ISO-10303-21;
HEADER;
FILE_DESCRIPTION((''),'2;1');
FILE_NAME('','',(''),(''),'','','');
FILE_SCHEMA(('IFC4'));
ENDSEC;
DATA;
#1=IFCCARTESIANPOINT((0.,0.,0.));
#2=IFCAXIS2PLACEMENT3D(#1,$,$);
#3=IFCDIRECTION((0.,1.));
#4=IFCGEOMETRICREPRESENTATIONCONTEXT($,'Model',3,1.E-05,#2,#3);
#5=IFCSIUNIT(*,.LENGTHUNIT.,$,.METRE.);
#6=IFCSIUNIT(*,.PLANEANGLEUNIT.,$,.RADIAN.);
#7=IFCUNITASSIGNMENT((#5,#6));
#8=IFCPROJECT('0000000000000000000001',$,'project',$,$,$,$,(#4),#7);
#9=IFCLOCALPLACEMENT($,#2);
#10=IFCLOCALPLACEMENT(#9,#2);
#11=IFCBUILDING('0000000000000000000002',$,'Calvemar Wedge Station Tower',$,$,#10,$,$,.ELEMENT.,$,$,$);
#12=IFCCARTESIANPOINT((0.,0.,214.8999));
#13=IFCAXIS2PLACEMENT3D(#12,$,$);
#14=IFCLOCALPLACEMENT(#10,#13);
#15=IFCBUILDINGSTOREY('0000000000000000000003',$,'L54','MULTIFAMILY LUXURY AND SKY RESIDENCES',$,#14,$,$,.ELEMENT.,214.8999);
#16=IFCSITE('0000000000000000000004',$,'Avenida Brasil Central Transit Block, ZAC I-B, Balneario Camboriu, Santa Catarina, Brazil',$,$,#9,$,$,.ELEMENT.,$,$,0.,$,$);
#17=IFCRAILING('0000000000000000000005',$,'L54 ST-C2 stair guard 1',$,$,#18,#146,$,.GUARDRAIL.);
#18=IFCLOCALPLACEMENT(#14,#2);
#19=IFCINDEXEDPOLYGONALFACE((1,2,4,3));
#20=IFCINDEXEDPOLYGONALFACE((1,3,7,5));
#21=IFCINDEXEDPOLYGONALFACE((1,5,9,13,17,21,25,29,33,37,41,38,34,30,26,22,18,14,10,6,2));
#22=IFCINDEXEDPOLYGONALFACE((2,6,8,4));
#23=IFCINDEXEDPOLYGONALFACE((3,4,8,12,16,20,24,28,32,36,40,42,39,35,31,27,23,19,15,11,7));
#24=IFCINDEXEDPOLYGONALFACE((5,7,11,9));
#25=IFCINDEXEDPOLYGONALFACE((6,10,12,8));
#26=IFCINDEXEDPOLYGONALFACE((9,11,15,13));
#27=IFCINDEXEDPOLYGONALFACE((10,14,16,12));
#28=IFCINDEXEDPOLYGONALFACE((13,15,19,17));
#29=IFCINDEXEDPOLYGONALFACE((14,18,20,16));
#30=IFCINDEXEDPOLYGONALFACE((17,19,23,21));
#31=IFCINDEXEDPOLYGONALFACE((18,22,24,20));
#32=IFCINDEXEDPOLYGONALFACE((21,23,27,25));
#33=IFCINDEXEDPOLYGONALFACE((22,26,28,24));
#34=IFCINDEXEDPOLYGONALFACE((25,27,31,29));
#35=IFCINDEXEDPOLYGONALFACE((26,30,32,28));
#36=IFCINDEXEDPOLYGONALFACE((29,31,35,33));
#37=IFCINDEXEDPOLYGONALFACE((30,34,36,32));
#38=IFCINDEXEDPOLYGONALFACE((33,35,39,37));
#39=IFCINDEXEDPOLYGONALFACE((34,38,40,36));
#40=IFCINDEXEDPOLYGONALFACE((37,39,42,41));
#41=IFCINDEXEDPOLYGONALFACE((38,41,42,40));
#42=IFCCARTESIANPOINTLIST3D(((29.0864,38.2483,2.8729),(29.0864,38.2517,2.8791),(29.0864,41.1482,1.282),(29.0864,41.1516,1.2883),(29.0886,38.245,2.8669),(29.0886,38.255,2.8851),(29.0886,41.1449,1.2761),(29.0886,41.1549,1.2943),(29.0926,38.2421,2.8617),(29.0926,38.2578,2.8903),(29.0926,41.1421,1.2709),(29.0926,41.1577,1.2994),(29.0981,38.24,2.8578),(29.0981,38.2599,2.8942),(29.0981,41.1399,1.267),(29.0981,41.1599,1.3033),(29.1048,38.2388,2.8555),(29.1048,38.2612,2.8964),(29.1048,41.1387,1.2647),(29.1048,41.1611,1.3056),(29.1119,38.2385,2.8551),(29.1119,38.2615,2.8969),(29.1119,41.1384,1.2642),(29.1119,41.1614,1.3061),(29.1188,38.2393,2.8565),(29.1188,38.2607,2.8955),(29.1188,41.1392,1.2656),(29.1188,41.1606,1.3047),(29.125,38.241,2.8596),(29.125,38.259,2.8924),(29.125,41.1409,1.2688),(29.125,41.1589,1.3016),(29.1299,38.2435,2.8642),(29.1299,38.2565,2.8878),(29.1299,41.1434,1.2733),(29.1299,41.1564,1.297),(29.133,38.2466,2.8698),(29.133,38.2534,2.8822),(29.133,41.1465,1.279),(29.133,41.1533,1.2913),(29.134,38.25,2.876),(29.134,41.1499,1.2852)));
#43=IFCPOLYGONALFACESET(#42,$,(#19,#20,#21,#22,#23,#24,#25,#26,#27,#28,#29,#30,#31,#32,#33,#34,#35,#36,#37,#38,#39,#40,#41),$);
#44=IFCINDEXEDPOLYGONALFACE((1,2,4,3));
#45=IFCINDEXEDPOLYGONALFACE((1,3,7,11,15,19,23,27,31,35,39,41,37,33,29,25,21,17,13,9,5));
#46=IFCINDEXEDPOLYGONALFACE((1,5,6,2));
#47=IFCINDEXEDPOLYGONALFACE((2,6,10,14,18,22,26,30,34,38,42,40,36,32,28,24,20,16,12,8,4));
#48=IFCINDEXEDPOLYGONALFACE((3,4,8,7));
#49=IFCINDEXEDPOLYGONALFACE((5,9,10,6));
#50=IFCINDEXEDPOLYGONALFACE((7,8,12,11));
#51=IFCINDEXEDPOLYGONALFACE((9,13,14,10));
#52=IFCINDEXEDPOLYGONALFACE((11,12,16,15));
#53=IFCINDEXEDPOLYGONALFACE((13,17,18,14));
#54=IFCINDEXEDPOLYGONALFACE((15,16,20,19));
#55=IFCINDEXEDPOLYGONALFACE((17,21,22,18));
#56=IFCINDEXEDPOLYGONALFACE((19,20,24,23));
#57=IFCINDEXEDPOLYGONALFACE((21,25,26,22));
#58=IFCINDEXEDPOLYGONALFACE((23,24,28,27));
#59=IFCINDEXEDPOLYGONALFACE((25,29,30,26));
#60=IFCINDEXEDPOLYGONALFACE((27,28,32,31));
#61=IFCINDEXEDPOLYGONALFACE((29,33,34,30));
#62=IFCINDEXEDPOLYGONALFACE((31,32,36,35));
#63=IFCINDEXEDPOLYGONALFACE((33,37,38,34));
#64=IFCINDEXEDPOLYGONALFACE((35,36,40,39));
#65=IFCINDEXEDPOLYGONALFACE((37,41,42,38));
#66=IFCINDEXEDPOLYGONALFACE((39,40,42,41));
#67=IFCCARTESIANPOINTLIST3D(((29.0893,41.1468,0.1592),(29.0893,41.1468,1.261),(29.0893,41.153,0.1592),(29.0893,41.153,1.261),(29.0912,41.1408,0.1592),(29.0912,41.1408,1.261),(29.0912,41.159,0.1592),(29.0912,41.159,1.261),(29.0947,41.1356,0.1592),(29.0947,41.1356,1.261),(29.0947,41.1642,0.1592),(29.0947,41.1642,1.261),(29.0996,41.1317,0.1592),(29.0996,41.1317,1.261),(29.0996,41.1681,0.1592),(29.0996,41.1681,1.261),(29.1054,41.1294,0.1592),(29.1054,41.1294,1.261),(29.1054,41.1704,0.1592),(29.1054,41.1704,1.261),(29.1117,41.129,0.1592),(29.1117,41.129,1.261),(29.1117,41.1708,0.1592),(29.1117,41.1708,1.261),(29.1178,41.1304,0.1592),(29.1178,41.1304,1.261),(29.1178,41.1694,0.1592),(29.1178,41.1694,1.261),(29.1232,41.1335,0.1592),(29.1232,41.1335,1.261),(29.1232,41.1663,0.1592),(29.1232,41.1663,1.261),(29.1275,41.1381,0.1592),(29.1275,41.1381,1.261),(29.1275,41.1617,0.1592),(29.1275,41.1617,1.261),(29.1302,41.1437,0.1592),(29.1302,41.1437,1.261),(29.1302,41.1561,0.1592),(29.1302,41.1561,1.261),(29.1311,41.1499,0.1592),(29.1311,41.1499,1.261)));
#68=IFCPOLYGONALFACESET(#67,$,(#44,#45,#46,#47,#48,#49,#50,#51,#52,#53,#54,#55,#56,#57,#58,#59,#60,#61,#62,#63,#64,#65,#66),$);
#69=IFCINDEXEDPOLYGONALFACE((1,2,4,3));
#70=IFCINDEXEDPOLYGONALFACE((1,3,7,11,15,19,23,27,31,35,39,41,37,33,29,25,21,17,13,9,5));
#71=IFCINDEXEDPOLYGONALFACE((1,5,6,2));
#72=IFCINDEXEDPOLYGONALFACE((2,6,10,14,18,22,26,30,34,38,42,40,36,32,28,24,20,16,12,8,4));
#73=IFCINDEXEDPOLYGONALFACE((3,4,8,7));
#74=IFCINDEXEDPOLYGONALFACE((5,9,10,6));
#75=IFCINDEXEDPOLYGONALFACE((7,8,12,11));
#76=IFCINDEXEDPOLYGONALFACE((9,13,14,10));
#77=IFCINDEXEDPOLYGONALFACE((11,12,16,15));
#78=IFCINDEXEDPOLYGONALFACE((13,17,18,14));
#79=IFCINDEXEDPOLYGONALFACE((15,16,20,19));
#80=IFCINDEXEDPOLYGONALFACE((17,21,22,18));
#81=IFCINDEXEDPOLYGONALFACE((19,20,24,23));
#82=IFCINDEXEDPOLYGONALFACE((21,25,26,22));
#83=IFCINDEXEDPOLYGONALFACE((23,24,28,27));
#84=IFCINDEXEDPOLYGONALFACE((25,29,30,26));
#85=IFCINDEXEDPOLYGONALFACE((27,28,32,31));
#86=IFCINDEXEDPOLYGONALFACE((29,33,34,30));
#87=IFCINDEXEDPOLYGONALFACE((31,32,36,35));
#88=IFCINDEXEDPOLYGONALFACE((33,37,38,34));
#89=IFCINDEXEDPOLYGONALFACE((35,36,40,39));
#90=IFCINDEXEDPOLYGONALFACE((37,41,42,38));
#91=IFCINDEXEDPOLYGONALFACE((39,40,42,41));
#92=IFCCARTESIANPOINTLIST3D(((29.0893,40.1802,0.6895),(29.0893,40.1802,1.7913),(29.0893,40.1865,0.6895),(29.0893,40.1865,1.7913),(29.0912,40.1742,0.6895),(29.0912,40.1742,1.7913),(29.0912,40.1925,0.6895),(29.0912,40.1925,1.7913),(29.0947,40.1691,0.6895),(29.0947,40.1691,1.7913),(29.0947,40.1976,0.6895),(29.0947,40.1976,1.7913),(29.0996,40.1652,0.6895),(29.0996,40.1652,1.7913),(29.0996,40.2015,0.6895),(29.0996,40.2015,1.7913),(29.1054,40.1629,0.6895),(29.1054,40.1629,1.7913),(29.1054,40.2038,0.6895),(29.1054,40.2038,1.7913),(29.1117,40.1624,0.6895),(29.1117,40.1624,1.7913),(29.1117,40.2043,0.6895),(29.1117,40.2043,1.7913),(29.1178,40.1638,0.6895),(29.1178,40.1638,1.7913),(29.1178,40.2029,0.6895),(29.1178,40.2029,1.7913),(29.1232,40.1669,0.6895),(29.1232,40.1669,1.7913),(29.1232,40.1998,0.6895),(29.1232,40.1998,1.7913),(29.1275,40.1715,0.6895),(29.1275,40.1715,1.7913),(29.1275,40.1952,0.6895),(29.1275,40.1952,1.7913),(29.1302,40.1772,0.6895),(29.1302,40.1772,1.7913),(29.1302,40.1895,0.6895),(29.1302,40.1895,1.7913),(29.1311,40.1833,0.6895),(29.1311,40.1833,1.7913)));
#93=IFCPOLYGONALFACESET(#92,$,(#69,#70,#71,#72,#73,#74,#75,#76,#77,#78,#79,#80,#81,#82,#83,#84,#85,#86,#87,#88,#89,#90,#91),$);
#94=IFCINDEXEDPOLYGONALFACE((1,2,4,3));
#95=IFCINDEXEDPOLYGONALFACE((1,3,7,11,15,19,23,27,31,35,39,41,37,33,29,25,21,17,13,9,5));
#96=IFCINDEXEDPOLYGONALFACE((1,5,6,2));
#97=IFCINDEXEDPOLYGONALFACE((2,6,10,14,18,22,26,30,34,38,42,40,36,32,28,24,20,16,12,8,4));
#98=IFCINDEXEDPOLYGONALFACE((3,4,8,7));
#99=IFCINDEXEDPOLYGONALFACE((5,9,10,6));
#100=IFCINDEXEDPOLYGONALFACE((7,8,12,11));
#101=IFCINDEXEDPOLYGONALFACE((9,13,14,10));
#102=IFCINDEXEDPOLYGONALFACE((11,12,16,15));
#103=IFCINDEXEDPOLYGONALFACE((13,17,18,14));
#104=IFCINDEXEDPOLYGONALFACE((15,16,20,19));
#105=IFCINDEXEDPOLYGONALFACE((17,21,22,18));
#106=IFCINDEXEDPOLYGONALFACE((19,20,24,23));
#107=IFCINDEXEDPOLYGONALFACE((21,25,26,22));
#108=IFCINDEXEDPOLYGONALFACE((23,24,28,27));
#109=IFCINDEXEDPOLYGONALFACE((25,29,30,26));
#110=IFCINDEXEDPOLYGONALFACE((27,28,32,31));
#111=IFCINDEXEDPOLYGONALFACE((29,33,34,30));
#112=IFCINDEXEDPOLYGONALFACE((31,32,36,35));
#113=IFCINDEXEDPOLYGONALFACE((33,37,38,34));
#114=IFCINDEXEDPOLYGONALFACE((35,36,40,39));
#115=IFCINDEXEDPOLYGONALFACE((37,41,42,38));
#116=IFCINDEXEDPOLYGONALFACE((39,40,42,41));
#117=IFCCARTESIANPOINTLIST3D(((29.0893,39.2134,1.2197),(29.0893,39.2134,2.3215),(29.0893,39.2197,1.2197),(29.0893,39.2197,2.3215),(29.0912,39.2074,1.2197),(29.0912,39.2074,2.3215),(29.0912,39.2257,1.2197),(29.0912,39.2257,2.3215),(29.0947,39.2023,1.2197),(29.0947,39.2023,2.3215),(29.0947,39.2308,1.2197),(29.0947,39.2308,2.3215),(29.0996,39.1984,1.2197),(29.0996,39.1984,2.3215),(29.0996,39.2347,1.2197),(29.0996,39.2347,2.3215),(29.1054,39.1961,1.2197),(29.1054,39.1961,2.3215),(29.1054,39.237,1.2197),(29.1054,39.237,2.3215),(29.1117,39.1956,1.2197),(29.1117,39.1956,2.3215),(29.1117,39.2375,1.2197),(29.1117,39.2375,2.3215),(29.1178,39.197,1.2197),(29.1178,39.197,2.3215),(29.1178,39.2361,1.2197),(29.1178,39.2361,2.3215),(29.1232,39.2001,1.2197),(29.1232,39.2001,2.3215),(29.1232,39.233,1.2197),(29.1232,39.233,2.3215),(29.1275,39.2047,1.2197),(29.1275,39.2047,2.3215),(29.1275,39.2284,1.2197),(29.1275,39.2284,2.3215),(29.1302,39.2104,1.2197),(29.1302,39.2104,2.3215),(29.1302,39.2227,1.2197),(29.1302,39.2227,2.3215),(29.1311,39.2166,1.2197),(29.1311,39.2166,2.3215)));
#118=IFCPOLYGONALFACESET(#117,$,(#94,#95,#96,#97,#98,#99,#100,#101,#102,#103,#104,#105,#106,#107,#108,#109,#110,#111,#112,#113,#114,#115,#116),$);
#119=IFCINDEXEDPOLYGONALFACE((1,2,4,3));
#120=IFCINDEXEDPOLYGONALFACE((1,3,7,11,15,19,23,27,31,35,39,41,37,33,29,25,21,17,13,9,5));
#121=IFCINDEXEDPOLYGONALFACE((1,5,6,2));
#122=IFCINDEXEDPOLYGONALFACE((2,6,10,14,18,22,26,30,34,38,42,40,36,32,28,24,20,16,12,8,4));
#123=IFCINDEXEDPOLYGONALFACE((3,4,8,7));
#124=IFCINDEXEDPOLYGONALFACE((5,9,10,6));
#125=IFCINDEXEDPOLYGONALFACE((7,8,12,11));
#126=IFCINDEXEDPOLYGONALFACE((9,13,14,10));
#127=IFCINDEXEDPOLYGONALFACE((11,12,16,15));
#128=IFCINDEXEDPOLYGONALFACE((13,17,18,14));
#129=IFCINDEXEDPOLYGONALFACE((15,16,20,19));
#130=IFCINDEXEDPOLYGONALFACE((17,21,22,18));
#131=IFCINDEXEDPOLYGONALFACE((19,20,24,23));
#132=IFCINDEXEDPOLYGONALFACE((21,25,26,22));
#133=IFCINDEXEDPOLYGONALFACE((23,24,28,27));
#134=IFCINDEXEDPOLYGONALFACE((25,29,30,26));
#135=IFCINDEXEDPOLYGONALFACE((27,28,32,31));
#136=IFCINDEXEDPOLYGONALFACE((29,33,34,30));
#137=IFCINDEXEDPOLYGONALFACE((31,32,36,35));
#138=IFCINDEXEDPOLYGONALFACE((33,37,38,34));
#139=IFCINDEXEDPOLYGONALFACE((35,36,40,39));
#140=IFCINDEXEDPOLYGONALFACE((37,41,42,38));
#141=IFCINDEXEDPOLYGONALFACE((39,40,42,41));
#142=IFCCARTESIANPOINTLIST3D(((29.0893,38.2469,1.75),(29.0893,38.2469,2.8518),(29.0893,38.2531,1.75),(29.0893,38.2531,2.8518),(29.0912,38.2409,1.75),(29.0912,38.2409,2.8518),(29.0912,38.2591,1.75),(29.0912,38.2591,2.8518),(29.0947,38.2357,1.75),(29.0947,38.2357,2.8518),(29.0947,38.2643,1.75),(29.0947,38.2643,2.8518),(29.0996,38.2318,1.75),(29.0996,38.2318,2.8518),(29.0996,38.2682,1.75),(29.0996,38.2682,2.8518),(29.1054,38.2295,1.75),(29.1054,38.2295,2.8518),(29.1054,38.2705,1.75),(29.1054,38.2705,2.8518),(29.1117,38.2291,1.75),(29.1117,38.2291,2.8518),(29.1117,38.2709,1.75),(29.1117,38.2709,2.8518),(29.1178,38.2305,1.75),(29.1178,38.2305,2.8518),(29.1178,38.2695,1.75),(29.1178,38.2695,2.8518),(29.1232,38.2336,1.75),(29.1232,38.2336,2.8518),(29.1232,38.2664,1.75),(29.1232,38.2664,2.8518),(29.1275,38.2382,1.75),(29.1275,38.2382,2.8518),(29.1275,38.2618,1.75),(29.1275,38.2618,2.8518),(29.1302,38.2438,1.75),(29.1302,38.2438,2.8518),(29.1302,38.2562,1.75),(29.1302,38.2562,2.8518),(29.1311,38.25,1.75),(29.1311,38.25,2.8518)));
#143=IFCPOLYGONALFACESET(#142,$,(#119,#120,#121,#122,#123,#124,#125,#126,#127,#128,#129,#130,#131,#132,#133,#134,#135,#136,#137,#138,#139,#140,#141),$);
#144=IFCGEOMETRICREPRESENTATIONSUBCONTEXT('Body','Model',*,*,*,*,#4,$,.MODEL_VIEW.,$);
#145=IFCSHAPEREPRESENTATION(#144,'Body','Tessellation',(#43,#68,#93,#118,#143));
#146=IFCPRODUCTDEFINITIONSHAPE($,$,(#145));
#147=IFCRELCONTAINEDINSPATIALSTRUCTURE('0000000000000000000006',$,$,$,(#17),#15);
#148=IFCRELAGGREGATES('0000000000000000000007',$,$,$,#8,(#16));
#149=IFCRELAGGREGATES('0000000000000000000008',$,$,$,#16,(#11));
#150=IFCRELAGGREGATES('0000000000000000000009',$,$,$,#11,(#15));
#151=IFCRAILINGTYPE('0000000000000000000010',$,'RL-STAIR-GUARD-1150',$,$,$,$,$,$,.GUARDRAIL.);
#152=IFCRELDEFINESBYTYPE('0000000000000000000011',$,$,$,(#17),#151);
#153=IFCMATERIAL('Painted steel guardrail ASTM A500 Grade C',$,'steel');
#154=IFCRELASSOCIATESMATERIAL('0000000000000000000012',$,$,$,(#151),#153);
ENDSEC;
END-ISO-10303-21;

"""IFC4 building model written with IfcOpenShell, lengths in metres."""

from ifc_helpers import new_model, si_unit, direction, frame, origin, origin_2d, place, context, subcontext, project, spatial, circle, extrude, material, type_object, element, save


model = new_model("IFC4")

# Units and contexts
model_context = context("Model", 3, precision=1e-05, world=origin(), true_north=direction((0.0, 1.0)))
body_context = subcontext(model_context, "Body", "Model", "MODEL_VIEW")
ifc_project = project(units=[si_unit("LENGTHUNIT", "METRE"), si_unit("PLANEANGLEUNIT", "RADIAN")], contexts=[model_context])

# Site, building, storey
site_placement = place(None, origin())
site = spatial("IfcSite", under=ifc_project, at=site_placement, Name="Avenida Brasil Central Transit Block, ZAC I-B, Balneario Camboriu, Santa Catarina, Brazil", CompositionType="ELEMENT", RefElevation=0.0)
building_placement = place(site_placement, origin())
building = spatial("IfcBuilding", under=site, at=building_placement, Name="Calvemar Wedge Station Tower", CompositionType="ELEMENT")
storey_placement = place(building_placement, frame((0.0, 0.0, 214.8999)))
storey = spatial("IfcBuildingStorey", under=building, at=storey_placement, Name="L54", Description="MULTIFAMILY LUXURY AND SKY RESIDENCES", CompositionType="ELEMENT", Elevation=214.8999)

# Railing
ifc_material_1 = material(Name="Painted steel guardrail ASTM A500 Grade C", Category="steel")
railing_type_1 = type_object("IfcRailingType", Name="RL-STAIR-GUARD-1150", PredefinedType="GUARDRAIL", material=ifc_material_1)
railing_1_placement = place(storey_placement, frame((29.1101, 41.1499, 0.1592)))
element("IfcRailing", 1, at=railing_1_placement, inside=storey, type_object=railing_type_1, Name="L54 ST-C2 stair guard 1", PredefinedType="GUARDRAIL", context=body_context, shape_type="SweptSolid", body=[
    extrude(circle(Radius=0.0239, at=origin_2d()), frame((0.0, 0.0, 1.126), z_axis=(0.0, -0.876742, 0.480961), x_axis=(1.0, 0.0, 0.0)), (0.0, 0.0, 1.0), 3.3076),
    extrude(circle(Radius=0.021, at=origin_2d()), origin(), (0.0, 0.0, 1.0), 1.1018),
    extrude(circle(Radius=0.021, at=origin_2d()), frame((0.0, -0.9666, 0.5303)), (0.0, 0.0, 1.0), 1.1018),
    extrude(circle(Radius=0.021, at=origin_2d()), frame((0.0, -1.9333, 1.0605)), (0.0, 0.0, 1.0), 1.1018),
    extrude(circle(Radius=0.021, at=origin_2d()), frame((0.0, -2.8999, 1.5908)), (0.0, 0.0, 1.0), 1.1018),
])

save(model, "model.ifc")
